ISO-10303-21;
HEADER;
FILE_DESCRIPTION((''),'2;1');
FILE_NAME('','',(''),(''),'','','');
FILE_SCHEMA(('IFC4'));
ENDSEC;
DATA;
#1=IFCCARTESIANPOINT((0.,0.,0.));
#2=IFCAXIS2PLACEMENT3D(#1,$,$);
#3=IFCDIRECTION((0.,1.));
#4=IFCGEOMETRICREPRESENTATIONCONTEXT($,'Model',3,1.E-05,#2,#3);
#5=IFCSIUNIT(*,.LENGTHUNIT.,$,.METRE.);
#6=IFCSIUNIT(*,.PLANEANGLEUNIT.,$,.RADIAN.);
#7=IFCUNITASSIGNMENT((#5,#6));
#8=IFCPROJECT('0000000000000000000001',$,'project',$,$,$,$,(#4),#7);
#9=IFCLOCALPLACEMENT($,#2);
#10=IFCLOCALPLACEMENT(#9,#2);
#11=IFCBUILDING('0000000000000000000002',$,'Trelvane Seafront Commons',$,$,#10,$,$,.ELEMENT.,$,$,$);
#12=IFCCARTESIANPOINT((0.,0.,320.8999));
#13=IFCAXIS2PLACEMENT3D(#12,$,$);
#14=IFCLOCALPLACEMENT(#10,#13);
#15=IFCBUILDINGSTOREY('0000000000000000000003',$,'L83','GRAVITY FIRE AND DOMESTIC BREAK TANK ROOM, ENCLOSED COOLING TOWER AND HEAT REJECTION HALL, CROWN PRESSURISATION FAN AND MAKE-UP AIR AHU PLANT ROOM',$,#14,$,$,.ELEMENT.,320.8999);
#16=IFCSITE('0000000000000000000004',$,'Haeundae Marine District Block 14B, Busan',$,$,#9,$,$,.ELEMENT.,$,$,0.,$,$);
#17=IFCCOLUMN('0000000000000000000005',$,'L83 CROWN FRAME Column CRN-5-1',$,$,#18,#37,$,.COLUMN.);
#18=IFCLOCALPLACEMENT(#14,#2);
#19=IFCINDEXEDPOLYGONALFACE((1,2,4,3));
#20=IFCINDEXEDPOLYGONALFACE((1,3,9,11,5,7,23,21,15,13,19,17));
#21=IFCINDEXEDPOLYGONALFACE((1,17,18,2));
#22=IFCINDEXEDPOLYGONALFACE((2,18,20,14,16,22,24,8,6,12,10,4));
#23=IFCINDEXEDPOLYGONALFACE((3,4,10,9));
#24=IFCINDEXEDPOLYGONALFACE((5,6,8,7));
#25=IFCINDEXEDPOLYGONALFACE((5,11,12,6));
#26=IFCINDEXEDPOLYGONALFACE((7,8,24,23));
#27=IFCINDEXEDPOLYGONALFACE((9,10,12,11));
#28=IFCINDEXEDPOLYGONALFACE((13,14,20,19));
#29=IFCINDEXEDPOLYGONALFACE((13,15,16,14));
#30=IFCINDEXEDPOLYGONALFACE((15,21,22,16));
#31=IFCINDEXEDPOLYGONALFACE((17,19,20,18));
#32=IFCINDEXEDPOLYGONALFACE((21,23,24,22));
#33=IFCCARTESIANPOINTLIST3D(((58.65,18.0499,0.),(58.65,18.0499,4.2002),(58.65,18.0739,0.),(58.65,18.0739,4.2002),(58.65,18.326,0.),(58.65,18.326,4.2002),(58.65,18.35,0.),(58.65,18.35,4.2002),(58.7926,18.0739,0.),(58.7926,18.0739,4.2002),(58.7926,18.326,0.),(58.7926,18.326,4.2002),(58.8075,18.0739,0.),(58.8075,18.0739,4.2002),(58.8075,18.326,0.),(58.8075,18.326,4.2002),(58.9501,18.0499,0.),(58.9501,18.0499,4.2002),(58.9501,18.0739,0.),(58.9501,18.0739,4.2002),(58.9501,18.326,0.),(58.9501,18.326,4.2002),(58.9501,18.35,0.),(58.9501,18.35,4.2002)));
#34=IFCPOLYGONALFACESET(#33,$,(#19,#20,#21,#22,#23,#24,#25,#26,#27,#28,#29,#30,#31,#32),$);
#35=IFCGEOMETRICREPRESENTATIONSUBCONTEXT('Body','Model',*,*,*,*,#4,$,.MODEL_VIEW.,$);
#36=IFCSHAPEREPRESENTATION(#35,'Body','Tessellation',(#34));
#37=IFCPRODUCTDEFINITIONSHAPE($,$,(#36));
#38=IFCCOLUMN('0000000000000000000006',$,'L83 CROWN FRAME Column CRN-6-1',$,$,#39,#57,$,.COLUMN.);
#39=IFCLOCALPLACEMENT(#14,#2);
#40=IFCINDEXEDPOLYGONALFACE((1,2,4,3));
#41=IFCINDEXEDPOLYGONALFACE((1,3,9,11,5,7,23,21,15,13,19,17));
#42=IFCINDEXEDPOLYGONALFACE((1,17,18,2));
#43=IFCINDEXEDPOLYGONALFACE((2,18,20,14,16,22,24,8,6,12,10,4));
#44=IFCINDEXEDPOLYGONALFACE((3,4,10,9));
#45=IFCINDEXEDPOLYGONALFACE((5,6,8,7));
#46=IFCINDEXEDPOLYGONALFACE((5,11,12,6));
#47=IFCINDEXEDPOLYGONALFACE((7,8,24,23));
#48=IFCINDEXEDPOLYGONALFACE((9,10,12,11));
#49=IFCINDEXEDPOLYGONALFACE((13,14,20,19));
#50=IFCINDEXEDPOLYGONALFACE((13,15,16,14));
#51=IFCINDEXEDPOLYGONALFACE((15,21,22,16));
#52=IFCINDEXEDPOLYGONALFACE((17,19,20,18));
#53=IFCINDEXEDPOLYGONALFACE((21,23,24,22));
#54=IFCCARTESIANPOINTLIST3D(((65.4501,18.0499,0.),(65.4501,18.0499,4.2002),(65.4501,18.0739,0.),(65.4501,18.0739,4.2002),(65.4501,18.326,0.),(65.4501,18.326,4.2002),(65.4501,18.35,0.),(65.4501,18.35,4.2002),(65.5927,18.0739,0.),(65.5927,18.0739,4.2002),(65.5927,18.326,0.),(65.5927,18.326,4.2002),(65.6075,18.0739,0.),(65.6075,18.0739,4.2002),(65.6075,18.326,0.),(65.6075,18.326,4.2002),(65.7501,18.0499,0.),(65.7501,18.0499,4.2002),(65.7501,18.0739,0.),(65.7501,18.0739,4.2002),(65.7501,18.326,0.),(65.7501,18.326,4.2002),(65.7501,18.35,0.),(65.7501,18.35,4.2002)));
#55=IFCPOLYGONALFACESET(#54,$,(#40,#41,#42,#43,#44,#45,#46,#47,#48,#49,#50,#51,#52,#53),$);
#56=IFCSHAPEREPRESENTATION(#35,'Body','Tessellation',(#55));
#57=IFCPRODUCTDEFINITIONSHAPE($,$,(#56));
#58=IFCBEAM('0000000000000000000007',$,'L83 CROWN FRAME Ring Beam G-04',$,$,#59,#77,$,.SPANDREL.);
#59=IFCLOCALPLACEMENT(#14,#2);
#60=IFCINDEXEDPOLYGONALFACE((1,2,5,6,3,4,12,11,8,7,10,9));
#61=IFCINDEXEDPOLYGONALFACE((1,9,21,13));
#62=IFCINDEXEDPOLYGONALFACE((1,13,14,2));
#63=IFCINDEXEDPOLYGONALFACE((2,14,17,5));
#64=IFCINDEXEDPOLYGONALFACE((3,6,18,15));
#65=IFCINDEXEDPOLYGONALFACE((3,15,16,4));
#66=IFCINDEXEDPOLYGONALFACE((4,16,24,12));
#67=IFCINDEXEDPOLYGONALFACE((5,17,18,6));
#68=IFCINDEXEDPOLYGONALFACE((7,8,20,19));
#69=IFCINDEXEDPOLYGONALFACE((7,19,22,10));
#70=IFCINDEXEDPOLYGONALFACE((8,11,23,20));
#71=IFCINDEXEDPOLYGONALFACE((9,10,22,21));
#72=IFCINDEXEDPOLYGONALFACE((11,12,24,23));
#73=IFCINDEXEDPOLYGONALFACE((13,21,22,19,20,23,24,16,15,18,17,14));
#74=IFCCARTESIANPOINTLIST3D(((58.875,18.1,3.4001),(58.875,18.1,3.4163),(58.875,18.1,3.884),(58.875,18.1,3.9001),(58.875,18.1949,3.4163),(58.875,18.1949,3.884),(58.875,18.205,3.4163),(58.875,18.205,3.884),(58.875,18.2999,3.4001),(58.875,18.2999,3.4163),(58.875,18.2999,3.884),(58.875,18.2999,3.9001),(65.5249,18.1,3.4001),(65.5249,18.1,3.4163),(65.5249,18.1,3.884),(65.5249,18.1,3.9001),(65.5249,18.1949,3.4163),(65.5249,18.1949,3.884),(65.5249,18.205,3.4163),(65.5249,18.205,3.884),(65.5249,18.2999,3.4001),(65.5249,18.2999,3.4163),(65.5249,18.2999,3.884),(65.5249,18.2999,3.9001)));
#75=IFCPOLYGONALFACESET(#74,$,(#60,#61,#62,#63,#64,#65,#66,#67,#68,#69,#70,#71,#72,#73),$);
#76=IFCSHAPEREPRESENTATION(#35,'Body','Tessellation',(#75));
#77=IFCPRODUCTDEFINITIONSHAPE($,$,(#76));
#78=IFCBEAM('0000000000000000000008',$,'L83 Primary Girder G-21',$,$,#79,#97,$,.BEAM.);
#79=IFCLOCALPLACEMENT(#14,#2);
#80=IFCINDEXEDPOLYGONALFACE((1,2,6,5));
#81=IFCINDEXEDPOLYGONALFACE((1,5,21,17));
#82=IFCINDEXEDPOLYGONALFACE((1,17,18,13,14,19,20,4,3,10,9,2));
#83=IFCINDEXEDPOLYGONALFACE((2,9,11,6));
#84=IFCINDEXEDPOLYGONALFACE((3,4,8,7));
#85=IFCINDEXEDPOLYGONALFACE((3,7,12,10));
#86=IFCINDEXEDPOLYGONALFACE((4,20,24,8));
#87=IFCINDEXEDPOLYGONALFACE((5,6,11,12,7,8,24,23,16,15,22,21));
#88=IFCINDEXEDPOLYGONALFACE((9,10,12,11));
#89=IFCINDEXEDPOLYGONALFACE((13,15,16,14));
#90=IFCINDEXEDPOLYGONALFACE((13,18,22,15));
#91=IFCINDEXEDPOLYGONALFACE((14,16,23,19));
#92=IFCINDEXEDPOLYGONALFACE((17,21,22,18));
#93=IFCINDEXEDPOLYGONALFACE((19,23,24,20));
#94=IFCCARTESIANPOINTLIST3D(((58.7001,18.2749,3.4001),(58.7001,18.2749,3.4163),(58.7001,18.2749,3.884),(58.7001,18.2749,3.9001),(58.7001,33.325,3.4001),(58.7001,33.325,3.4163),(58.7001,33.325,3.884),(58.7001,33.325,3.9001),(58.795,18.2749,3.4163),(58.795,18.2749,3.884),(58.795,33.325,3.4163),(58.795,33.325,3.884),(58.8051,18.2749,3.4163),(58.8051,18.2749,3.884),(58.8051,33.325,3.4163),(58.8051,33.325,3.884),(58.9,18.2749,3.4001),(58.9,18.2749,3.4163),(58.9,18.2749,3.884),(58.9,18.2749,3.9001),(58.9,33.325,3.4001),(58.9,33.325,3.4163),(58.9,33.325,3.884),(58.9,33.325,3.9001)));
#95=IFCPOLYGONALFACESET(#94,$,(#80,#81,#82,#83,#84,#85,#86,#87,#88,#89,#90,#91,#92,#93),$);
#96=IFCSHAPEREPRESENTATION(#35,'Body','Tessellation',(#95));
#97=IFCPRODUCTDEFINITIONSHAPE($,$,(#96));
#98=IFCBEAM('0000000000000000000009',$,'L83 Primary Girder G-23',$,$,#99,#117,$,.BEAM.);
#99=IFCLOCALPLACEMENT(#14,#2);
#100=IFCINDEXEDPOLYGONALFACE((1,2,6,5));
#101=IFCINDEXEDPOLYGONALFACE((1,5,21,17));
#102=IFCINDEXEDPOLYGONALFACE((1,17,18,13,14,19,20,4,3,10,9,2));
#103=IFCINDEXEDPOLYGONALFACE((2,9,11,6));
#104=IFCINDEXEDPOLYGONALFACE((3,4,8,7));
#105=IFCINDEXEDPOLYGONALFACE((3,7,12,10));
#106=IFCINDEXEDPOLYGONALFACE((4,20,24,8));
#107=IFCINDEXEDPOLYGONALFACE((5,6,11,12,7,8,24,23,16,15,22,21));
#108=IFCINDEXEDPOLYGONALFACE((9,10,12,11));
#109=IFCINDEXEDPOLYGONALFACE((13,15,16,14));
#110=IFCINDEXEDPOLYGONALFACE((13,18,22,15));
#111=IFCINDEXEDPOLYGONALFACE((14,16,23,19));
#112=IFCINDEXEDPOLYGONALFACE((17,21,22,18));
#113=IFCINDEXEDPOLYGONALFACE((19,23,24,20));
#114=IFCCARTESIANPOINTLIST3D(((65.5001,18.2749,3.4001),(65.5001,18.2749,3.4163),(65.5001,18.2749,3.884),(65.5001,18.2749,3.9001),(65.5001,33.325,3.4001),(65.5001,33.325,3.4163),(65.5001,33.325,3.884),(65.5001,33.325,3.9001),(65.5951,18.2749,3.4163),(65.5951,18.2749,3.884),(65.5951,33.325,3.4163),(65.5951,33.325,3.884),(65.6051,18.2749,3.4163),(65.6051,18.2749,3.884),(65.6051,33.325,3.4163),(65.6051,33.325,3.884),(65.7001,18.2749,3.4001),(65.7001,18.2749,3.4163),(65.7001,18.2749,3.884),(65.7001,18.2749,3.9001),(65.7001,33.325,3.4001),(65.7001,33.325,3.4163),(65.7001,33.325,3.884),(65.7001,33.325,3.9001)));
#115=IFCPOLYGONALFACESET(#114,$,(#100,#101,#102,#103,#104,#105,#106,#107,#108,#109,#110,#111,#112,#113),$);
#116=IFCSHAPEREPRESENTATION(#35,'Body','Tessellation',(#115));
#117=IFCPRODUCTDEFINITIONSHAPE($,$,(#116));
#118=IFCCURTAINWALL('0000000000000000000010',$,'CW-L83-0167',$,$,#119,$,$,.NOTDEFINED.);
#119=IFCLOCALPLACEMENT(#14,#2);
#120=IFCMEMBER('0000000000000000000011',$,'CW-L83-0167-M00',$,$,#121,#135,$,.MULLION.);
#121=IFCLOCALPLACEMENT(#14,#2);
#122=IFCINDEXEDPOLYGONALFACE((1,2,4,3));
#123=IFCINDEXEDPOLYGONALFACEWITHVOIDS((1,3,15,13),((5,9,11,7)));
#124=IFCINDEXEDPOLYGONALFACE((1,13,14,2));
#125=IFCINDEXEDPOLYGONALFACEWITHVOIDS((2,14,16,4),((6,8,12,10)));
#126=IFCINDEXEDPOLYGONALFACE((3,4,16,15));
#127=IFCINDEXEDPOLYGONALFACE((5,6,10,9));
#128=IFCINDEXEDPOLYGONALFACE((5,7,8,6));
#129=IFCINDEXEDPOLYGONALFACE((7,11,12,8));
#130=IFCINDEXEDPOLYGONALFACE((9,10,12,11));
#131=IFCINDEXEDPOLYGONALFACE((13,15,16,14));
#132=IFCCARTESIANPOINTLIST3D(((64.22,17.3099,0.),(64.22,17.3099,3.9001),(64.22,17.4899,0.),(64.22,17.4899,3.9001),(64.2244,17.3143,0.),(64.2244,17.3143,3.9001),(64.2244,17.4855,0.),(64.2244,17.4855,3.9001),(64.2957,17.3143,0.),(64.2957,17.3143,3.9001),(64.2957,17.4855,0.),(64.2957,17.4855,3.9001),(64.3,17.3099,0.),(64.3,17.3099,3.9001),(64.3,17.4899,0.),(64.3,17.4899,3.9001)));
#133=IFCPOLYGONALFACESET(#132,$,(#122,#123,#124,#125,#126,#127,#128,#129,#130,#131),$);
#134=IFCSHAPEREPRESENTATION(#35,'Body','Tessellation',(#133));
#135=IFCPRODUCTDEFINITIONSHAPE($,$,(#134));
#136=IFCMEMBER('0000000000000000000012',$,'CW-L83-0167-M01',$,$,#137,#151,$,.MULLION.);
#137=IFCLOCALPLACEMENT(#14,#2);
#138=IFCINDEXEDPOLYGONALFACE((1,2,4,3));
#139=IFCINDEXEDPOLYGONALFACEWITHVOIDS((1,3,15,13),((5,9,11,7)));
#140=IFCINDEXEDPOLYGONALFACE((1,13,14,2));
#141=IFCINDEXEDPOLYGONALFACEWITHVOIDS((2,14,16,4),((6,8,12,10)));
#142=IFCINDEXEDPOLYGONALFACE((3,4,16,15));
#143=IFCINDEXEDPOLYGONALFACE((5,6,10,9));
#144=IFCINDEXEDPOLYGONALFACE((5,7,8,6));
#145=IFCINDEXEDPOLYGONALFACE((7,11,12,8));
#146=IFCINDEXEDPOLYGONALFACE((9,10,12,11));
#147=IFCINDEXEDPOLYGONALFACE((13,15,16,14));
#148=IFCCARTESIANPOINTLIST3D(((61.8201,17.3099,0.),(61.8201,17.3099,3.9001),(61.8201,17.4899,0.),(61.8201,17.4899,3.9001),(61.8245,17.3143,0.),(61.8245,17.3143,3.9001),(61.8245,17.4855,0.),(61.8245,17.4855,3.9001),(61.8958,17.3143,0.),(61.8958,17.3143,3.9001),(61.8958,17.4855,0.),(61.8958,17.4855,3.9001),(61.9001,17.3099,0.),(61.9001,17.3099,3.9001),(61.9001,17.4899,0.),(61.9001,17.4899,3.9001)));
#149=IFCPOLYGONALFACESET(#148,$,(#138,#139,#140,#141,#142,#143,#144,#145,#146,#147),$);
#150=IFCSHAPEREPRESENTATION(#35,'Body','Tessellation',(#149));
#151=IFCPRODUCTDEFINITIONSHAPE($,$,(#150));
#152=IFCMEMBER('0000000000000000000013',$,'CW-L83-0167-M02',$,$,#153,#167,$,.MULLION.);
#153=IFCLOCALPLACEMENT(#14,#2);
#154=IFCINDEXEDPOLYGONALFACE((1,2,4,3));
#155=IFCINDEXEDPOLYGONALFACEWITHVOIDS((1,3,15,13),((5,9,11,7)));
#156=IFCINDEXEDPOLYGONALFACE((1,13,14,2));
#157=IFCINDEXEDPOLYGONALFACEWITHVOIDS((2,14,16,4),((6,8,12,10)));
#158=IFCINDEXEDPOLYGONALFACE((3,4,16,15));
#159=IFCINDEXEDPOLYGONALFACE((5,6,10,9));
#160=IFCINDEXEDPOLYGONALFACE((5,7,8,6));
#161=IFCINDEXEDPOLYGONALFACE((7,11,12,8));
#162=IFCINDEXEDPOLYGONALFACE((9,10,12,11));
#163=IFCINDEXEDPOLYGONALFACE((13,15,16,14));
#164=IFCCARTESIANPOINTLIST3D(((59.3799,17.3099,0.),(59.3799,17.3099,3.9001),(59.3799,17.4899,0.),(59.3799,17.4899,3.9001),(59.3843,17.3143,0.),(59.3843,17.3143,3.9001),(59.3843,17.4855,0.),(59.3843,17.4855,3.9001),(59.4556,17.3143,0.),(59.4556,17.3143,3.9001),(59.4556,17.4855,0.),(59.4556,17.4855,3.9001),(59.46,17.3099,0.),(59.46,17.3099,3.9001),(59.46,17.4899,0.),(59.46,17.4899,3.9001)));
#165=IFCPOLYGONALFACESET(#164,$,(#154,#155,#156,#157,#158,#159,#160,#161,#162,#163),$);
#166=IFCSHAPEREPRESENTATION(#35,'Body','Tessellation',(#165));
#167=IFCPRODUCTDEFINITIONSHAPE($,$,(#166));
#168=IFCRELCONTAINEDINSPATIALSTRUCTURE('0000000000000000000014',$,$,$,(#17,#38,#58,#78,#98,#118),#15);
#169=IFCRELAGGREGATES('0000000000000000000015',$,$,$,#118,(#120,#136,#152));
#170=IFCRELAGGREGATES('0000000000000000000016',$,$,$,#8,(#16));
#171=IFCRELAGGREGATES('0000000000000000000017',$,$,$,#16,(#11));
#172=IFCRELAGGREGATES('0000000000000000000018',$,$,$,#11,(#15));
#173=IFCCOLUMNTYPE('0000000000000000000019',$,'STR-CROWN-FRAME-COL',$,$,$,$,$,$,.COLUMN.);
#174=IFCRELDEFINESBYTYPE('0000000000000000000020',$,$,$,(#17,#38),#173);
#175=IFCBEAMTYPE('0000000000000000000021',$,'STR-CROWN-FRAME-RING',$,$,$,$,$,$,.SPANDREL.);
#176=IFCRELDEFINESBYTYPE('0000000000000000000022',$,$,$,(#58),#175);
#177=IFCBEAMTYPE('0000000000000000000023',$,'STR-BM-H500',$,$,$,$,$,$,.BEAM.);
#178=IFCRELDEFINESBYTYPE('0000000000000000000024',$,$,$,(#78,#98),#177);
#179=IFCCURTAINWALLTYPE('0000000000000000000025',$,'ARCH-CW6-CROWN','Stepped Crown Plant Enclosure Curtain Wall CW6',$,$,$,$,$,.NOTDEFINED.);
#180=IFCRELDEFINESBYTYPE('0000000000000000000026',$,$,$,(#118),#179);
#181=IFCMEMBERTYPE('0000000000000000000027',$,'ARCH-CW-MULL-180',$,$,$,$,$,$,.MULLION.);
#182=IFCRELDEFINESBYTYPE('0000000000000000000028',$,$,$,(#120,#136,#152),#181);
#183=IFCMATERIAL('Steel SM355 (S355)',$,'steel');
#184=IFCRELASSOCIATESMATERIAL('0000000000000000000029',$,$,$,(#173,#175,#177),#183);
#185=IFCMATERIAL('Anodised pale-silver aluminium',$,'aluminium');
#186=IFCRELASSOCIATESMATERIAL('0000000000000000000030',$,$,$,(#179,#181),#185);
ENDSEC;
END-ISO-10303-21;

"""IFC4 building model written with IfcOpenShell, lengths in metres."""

from ifc_helpers import new_model, si_unit, direction, frame, origin, origin_2d, place, context, subcontext, project, spatial, hollow_rectangle, i_section, extrude, source, transform, mapped, material, material_profile, profile_set, type_object, element, aggregate, save


model = new_model("IFC4")

# Units and contexts
model_context = context("Model", 3, precision=1e-05, world=origin(), true_north=direction((0.0, 1.0)))
body_context = subcontext(model_context, "Body", "Model", "MODEL_VIEW")
ifc_project = project(units=[si_unit("LENGTHUNIT", "METRE"), si_unit("PLANEANGLEUNIT", "RADIAN")], contexts=[model_context])

# Site, building, storey
site_placement = place(None, origin())
site = spatial("IfcSite", under=ifc_project, at=site_placement, Name="Haeundae Marine District Block 14B, Busan", CompositionType="ELEMENT", RefElevation=0.0)
building_placement = place(site_placement, origin())
building = spatial("IfcBuilding", under=site, at=building_placement, Name="Trelvane Seafront Commons", CompositionType="ELEMENT")
storey_placement = place(building_placement, frame((0.0, 0.0, 320.8999)))
storey = spatial("IfcBuildingStorey", under=building, at=storey_placement, Name="L83", Description="GRAVITY FIRE AND DOMESTIC BREAK TANK ROOM, ENCLOSED COOLING TOWER AND HEAT REJECTION HALL, CROWN PRESSURISATION FAN AND MAKE-UP AIR AHU PLANT ROOM", CompositionType="ELEMENT", Elevation=320.8999)

# Columns
ifc_material_1 = material(Name="Steel SM355 (S355)", Category="steel")
ifc_material_profile_1 = material_profile(ifc_material_1, i_section(OverallWidth=0.3, OverallDepth=0.3, WebThickness=0.0149, FlangeThickness=0.0239, at=origin_2d()), Name="HD-300x300x15x24")
ifc_profile_set_1 = profile_set([ifc_material_profile_1], Name="Steel SM355 (S355)")
column_type = type_object("IfcColumnType", Name="STR-CROWN-FRAME-COL", PredefinedType="COLUMN", material=ifc_profile_set_1)
shared_shape_1 = source(origin(), body_context, "Body", "SweptSolid", [
    extrude(i_section(OverallWidth=0.3, OverallDepth=0.3, WebThickness=0.0149, FlangeThickness=0.0239, at=origin_2d()), origin(), (0.0, 0.0, 1.0), 4.2002),
])
for number, where, z_axis, x_axis, name in (
    (1, (58.8, 18.2, 0.0), (0.0, 0.0, 1.0), (1.0, 0.0, 0.0), "L83 CROWN FRAME Column CRN-5-1"),
    (2, (65.6001, 18.2, 0.0), (0.0, 0.0, 1.0), (1.0, 0.0, 0.0), "L83 CROWN FRAME Column CRN-6-1"),
):
    element("IfcColumn", number, at=place(storey_placement, frame(where, z_axis=z_axis, x_axis=x_axis)), inside=storey, type_object=column_type, Name=name, PredefinedType="COLUMN", context=body_context, shape_type="MappedRepresentation", body=[
        mapped(shared_shape_1, transform((0.0, 0.0, 0.0), x_axis=(1.0, 0.0, 0.0), y_axis=(0.0, 1.0, 0.0), z_axis=(0.0, 0.0, 1.0), scale=1.0)),
    ])

# Beams
ifc_material_profile_2 = material_profile(ifc_material_1, i_section(OverallWidth=0.2, OverallDepth=0.5, WebThickness=0.01, FlangeThickness=0.0161, at=origin_2d()), Name="H-500x200x10x16")
ifc_profile_set_2 = profile_set([ifc_material_profile_2], Name="Steel SM355 (S355)")
beam_type_1 = type_object("IfcBeamType", Name="STR-CROWN-FRAME-RING", PredefinedType="SPANDREL", material=ifc_profile_set_2)
shared_shape_2 = source(origin(), body_context, "Body", "SweptSolid", [
    extrude(i_section(OverallWidth=0.2, OverallDepth=0.5, WebThickness=0.01, FlangeThickness=0.0161, at=origin_2d()), origin(), (0.0, 0.0, 1.0), 6.6499),
])
beam_placement = place(storey_placement, frame((58.875, 18.2, 3.6501), z_axis=(1.0, 0.0, 0.0), x_axis=(0.0, 1.0, 0.0)))
element("IfcBeam", 3, at=beam_placement, inside=storey, type_object=beam_type_1, Name="L83 CROWN FRAME Ring Beam G-04", PredefinedType="SPANDREL", context=body_context, shape_type="MappedRepresentation", body=[
    mapped(shared_shape_2, transform((0.0, 0.0, 0.0), x_axis=(1.0, 0.0, 0.0), y_axis=(0.0, 1.0, 0.0), z_axis=(0.0, 0.0, 1.0), scale=1.0)),
])
ifc_material_profile_3 = material_profile(ifc_material_1, i_section(OverallWidth=0.2, OverallDepth=0.5, WebThickness=0.01, FlangeThickness=0.0161, at=origin_2d()), Name="H-500x200x10x16")
ifc_profile_set_3 = profile_set([ifc_material_profile_3], Name="Steel SM355 (S355)")
beam_type_2 = type_object("IfcBeamType", Name="STR-BM-H500", PredefinedType="BEAM", material=ifc_profile_set_3)
shared_shape_3 = source(origin(), body_context, "Body", "SweptSolid", [
    extrude(i_section(OverallWidth=0.2, OverallDepth=0.5, WebThickness=0.01, FlangeThickness=0.0161, at=origin_2d()), origin(), (0.0, 0.0, 1.0), 15.05),
])
for number, where, z_axis, x_axis, name in (
    (4, (58.8, 18.2749, 3.6501), (0.0, 1.0, 0.0), (-1.0, 0.0, 0.0), "L83 Primary Girder G-21"),
    (5, (65.6001, 18.2749, 3.6501), (0.0, 1.0, 0.0), (-1.0, 0.0, 0.0), "L83 Primary Girder G-23"),
):
    element("IfcBeam", number, at=place(storey_placement, frame(where, z_axis=z_axis, x_axis=x_axis)), inside=storey, type_object=beam_type_2, Name=name, PredefinedType="BEAM", context=body_context, shape_type="MappedRepresentation", body=[
        mapped(shared_shape_3, transform((0.0, 0.0, 0.0), x_axis=(1.0, 0.0, 0.0), y_axis=(0.0, 1.0, 0.0), z_axis=(0.0, 0.0, 1.0), scale=1.0)),
    ])

# Curtain wall, members
ifc_material_2 = material(Name="Anodised pale-silver aluminium", Category="aluminium")
curtain_wall_type = type_object("IfcCurtainWallType", Name="ARCH-CW6-CROWN", Description="Stepped Crown Plant Enclosure Curtain Wall CW6", PredefinedType="NOTDEFINED", material=ifc_material_2)
curtain_wall_placement = place(storey_placement, origin())
curtain_wall = element("IfcCurtainWall", 6, at=curtain_wall_placement, inside=storey, type_object=curtain_wall_type, Name="CW-L83-0167", PredefinedType="NOTDEFINED")
ifc_material_profile_4 = material_profile(ifc_material_2, hollow_rectangle(XDim=0.0801, YDim=0.1799, WallThickness=0.0044, at=origin_2d()), Name="MULL-80x180x4.5")
ifc_profile_set_4 = profile_set([ifc_material_profile_4], Name="Anodised pale-silver aluminium")
member_type_1 = type_object("IfcMemberType", Name="ARCH-CW-MULL-180", PredefinedType="MULLION", material=ifc_profile_set_4)
shared_shape_4 = source(origin(), body_context, "Body", "SweptSolid", [
    extrude(hollow_rectangle(XDim=0.0801, YDim=0.1799, WallThickness=0.0044, at=origin_2d()), origin(), (0.0, 0.0, 1.0), 3.9001),
])
member_1_placement = place(storey_placement, frame((64.26, 17.3999, 0.0), z_axis=(0.0, 0.0, 1.0), x_axis=(1.0, 0.0, 0.0)))
member_1 = element("IfcMember", 7, at=member_1_placement, type_object=member_type_1, Name="CW-L83-0167-M00", PredefinedType="MULLION", context=body_context, shape_type="MappedRepresentation", body=[
    mapped(shared_shape_4, transform((0.0, 0.0, 0.0), x_axis=(1.0, 0.0, 0.0), y_axis=(0.0, 1.0, 0.0), z_axis=(0.0, 0.0, 1.0), scale=1.0)),
])
member_2_placement = place(storey_placement, frame((61.8601, 17.3999, 0.0), z_axis=(0.0, 0.0, 1.0), x_axis=(1.0, 0.0, 0.0)))
member_2 = element("IfcMember", 8, at=member_2_placement, type_object=member_type_1, Name="CW-L83-0167-M01", PredefinedType="MULLION", context=body_context, shape_type="MappedRepresentation", body=[
    mapped(shared_shape_4, transform((0.0, 0.0, 0.0), x_axis=(1.0, 0.0, 0.0), y_axis=(0.0, 1.0, 0.0), z_axis=(0.0, 0.0, 1.0), scale=1.0)),
])
member_3_placement = place(storey_placement, frame((59.4199, 17.3999, 0.0), z_axis=(0.0, 0.0, 1.0), x_axis=(1.0, 0.0, 0.0)))
member_3 = element("IfcMember", 9, at=member_3_placement, type_object=member_type_1, Name="CW-L83-0167-M02", PredefinedType="MULLION", context=body_context, shape_type="MappedRepresentation", body=[
    mapped(shared_shape_4, transform((0.0, 0.0, 0.0), x_axis=(1.0, 0.0, 0.0), y_axis=(0.0, 1.0, 0.0), z_axis=(0.0, 0.0, 1.0), scale=1.0)),
])

aggregate(curtain_wall, [member_1, member_2, member_3])

save(model, "model.ifc")
